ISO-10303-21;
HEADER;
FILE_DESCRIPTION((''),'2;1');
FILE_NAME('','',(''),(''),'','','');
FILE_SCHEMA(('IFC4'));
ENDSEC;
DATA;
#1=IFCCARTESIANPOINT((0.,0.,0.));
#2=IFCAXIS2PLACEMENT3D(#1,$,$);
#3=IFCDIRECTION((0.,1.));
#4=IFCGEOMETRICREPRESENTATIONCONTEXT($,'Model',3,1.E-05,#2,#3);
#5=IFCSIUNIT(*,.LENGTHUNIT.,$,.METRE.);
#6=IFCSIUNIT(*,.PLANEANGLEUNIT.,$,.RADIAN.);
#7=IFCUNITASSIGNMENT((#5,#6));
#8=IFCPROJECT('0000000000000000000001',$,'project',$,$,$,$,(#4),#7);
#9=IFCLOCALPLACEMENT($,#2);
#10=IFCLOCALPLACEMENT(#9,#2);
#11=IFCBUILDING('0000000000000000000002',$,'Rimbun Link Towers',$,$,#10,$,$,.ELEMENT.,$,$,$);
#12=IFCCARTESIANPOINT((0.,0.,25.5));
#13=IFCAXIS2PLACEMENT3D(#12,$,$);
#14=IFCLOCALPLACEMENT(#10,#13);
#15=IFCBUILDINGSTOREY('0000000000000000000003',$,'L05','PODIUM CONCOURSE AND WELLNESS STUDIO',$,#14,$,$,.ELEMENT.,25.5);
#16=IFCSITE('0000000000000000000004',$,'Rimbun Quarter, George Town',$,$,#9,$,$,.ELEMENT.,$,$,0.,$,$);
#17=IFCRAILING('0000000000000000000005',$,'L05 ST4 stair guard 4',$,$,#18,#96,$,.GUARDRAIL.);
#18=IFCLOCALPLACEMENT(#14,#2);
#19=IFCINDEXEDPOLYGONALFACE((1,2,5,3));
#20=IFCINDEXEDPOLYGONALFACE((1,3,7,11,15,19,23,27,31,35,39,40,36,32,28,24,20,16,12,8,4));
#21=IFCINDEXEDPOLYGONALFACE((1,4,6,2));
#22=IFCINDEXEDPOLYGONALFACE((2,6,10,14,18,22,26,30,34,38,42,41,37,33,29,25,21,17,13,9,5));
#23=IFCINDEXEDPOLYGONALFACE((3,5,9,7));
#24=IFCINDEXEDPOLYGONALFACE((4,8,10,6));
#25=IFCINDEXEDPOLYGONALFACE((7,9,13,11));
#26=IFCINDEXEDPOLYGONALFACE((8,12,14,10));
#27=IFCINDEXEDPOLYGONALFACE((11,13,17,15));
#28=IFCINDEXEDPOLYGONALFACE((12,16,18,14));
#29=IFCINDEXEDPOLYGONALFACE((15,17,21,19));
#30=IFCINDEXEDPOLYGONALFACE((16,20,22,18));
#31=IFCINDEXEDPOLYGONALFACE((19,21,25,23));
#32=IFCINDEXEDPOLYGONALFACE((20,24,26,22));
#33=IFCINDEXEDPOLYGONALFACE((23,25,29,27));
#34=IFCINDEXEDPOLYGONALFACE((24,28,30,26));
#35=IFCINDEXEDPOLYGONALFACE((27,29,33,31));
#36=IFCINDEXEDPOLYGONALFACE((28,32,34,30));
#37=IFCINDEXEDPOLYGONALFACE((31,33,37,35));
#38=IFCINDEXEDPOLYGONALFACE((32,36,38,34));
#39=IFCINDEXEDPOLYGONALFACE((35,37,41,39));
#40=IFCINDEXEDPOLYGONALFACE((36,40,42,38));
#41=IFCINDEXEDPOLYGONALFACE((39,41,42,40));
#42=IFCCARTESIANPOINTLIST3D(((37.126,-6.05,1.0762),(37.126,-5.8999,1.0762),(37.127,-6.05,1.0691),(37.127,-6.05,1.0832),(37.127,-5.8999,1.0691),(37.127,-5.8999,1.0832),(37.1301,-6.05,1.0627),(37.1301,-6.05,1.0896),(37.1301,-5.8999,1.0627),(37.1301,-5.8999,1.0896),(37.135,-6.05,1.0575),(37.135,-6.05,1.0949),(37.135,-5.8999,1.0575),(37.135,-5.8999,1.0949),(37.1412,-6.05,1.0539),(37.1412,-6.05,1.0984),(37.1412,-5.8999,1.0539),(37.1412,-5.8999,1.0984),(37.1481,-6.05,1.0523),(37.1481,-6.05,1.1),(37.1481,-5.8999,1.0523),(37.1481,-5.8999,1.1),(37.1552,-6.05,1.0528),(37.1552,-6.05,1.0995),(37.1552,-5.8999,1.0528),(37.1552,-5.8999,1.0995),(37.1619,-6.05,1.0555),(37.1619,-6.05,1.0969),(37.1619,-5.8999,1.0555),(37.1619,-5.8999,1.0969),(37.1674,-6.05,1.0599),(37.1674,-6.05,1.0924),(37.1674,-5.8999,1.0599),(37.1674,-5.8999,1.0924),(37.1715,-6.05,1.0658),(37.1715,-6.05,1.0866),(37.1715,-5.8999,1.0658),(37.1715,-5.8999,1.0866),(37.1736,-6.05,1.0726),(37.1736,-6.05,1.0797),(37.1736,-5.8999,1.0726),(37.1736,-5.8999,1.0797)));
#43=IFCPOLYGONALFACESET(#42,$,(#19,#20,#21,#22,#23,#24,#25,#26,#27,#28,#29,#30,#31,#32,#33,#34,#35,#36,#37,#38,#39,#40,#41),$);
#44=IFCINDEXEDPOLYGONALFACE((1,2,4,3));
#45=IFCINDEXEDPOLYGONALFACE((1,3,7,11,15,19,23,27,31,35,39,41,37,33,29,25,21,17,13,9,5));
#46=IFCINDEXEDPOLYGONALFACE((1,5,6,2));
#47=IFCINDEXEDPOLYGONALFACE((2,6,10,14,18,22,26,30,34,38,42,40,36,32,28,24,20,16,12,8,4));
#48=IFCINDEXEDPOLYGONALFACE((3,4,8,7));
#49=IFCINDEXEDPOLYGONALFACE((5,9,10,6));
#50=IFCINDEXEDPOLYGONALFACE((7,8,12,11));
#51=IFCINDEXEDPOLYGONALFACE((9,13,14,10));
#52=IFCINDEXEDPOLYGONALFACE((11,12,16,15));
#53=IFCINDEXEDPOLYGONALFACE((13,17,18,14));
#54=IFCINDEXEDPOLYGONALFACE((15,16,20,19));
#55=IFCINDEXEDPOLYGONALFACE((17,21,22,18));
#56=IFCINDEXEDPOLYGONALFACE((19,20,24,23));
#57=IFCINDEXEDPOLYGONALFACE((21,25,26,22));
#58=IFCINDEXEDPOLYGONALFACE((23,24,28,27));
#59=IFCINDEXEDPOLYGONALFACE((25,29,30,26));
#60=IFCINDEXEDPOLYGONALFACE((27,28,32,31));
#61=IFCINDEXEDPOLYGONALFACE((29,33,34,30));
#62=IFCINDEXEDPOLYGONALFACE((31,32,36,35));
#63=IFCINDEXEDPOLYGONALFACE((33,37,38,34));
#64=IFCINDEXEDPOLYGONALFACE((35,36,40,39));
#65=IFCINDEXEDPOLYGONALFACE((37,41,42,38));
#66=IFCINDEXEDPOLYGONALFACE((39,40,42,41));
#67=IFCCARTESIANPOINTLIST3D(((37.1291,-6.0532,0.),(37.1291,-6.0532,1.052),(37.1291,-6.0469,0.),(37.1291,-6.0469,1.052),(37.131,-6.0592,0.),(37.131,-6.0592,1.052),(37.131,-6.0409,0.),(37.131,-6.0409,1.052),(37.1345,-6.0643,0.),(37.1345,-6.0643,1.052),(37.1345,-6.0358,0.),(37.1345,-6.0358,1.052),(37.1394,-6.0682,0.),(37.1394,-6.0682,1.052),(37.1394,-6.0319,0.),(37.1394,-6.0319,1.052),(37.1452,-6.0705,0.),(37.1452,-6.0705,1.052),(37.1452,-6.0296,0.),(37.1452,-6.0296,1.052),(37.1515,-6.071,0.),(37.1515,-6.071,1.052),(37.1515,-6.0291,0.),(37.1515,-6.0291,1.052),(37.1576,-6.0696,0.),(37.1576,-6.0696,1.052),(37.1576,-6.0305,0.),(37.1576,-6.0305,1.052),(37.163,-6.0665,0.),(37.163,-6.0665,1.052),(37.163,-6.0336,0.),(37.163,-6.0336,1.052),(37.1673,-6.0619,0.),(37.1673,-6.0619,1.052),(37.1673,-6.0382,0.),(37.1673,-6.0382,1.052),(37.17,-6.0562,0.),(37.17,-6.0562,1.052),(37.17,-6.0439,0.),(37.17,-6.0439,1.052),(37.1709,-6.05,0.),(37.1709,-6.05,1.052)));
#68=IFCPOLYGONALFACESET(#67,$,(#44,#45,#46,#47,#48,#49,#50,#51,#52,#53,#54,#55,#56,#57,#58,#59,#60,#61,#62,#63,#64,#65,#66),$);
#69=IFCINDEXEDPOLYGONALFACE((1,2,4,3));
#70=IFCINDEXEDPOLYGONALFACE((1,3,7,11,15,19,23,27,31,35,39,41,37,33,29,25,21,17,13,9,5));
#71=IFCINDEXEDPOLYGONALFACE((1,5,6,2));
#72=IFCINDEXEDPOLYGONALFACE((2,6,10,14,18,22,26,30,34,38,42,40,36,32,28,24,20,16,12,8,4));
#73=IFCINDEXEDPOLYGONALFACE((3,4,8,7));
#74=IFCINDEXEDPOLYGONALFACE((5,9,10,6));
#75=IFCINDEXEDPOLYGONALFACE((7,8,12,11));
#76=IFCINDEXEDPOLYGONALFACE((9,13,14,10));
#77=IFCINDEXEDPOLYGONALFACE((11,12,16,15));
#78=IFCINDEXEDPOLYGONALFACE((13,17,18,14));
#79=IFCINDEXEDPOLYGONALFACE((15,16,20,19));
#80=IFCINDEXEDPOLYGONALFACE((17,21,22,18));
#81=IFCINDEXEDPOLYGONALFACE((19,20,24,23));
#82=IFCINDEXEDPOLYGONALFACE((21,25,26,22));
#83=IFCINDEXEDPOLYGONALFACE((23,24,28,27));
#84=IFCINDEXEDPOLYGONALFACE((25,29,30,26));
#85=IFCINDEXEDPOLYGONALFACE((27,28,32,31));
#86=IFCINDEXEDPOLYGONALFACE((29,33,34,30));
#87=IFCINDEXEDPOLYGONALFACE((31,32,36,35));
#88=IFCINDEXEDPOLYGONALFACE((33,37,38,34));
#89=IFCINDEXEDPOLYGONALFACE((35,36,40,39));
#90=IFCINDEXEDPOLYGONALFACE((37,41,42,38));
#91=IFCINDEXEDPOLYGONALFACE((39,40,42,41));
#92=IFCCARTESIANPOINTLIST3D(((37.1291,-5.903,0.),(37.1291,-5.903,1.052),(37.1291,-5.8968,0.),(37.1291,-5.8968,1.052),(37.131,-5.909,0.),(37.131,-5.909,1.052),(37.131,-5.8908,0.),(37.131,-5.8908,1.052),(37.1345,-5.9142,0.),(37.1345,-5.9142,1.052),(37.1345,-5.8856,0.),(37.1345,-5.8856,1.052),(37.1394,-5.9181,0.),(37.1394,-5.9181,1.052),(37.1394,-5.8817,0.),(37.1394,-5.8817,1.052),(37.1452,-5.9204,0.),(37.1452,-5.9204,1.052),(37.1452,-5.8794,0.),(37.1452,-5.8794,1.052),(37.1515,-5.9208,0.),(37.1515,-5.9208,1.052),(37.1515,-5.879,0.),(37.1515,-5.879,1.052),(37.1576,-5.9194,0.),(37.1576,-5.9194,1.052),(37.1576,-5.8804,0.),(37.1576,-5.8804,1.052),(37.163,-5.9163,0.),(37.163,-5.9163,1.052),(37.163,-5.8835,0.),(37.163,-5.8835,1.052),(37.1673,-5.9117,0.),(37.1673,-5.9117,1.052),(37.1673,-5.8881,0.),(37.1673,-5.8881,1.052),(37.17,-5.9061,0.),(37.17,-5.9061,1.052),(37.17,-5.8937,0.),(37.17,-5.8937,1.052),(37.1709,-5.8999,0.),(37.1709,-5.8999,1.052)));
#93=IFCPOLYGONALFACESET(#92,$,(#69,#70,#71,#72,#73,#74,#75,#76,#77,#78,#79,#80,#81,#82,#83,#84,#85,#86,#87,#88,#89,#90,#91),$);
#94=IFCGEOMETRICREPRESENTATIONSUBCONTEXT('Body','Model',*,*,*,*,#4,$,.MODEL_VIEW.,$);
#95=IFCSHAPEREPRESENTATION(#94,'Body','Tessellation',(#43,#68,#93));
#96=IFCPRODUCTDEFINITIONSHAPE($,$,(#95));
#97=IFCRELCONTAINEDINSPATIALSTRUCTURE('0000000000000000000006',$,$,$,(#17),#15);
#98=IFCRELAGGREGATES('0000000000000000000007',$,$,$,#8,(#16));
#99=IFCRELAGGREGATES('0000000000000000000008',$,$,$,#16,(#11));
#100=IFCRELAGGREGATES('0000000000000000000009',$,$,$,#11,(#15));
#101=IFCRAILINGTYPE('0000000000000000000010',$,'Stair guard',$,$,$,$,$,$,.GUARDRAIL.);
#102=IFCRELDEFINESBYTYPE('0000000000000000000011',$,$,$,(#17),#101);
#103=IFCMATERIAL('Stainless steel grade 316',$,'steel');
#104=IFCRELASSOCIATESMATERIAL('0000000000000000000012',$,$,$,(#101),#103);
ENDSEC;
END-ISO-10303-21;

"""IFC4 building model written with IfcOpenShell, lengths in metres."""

from ifc_helpers import new_model, si_unit, direction, frame, origin, origin_2d, place, context, subcontext, project, spatial, circle, extrude, material, type_object, element, save


model = new_model("IFC4")

# Units and contexts
model_context = context("Model", 3, precision=1e-05, world=origin(), true_north=direction((0.0, 1.0)))
body_context = subcontext(model_context, "Body", "Model", "MODEL_VIEW")
ifc_project = project(units=[si_unit("LENGTHUNIT", "METRE"), si_unit("PLANEANGLEUNIT", "RADIAN")], contexts=[model_context])

# Site, building, storey
site_placement = place(None, origin())
site = spatial("IfcSite", under=ifc_project, at=site_placement, Name="Rimbun Quarter, George Town", CompositionType="ELEMENT", RefElevation=0.0)
building_placement = place(site_placement, origin())
building = spatial("IfcBuilding", under=site, at=building_placement, Name="Rimbun Link Towers", CompositionType="ELEMENT")
storey_placement = place(building_placement, frame((0.0, 0.0, 25.5)))
storey = spatial("IfcBuildingStorey", under=building, at=storey_placement, Name="L05", Description="PODIUM CONCOURSE AND WELLNESS STUDIO", CompositionType="ELEMENT", Elevation=25.5)

# Railing
ifc_material_1 = material(Name="Stainless steel grade 316", Category="steel")
railing_type_1 = type_object("IfcRailingType", Name="Stair guard", PredefinedType="GUARDRAIL", material=ifc_material_1)
railing_1_placement = place(storey_placement, frame((37.1499, -6.05, 0.0)))
element("IfcRailing", 1, at=railing_1_placement, inside=storey, type_object=railing_type_1, Name="L05 ST4 stair guard 4", PredefinedType="GUARDRAIL", context=body_context, shape_type="SweptSolid", body=[
    extrude(circle(Radius=0.0239, at=origin_2d()), frame((0.0, 0.0, 1.0762), z_axis=(0.0, 1.0, 0.0), x_axis=(-1.0, 0.0, 0.0)), (0.0, 0.0, 1.0), 0.1501),
    extrude(circle(Radius=0.021, at=origin_2d()), origin(), (0.0, 0.0, 1.0), 1.052),
    extrude(circle(Radius=0.021, at=origin_2d()), frame((0.0, 0.1501, 0.0)), (0.0, 0.0, 1.0), 1.052),
])

save(model, "model.ifc")
